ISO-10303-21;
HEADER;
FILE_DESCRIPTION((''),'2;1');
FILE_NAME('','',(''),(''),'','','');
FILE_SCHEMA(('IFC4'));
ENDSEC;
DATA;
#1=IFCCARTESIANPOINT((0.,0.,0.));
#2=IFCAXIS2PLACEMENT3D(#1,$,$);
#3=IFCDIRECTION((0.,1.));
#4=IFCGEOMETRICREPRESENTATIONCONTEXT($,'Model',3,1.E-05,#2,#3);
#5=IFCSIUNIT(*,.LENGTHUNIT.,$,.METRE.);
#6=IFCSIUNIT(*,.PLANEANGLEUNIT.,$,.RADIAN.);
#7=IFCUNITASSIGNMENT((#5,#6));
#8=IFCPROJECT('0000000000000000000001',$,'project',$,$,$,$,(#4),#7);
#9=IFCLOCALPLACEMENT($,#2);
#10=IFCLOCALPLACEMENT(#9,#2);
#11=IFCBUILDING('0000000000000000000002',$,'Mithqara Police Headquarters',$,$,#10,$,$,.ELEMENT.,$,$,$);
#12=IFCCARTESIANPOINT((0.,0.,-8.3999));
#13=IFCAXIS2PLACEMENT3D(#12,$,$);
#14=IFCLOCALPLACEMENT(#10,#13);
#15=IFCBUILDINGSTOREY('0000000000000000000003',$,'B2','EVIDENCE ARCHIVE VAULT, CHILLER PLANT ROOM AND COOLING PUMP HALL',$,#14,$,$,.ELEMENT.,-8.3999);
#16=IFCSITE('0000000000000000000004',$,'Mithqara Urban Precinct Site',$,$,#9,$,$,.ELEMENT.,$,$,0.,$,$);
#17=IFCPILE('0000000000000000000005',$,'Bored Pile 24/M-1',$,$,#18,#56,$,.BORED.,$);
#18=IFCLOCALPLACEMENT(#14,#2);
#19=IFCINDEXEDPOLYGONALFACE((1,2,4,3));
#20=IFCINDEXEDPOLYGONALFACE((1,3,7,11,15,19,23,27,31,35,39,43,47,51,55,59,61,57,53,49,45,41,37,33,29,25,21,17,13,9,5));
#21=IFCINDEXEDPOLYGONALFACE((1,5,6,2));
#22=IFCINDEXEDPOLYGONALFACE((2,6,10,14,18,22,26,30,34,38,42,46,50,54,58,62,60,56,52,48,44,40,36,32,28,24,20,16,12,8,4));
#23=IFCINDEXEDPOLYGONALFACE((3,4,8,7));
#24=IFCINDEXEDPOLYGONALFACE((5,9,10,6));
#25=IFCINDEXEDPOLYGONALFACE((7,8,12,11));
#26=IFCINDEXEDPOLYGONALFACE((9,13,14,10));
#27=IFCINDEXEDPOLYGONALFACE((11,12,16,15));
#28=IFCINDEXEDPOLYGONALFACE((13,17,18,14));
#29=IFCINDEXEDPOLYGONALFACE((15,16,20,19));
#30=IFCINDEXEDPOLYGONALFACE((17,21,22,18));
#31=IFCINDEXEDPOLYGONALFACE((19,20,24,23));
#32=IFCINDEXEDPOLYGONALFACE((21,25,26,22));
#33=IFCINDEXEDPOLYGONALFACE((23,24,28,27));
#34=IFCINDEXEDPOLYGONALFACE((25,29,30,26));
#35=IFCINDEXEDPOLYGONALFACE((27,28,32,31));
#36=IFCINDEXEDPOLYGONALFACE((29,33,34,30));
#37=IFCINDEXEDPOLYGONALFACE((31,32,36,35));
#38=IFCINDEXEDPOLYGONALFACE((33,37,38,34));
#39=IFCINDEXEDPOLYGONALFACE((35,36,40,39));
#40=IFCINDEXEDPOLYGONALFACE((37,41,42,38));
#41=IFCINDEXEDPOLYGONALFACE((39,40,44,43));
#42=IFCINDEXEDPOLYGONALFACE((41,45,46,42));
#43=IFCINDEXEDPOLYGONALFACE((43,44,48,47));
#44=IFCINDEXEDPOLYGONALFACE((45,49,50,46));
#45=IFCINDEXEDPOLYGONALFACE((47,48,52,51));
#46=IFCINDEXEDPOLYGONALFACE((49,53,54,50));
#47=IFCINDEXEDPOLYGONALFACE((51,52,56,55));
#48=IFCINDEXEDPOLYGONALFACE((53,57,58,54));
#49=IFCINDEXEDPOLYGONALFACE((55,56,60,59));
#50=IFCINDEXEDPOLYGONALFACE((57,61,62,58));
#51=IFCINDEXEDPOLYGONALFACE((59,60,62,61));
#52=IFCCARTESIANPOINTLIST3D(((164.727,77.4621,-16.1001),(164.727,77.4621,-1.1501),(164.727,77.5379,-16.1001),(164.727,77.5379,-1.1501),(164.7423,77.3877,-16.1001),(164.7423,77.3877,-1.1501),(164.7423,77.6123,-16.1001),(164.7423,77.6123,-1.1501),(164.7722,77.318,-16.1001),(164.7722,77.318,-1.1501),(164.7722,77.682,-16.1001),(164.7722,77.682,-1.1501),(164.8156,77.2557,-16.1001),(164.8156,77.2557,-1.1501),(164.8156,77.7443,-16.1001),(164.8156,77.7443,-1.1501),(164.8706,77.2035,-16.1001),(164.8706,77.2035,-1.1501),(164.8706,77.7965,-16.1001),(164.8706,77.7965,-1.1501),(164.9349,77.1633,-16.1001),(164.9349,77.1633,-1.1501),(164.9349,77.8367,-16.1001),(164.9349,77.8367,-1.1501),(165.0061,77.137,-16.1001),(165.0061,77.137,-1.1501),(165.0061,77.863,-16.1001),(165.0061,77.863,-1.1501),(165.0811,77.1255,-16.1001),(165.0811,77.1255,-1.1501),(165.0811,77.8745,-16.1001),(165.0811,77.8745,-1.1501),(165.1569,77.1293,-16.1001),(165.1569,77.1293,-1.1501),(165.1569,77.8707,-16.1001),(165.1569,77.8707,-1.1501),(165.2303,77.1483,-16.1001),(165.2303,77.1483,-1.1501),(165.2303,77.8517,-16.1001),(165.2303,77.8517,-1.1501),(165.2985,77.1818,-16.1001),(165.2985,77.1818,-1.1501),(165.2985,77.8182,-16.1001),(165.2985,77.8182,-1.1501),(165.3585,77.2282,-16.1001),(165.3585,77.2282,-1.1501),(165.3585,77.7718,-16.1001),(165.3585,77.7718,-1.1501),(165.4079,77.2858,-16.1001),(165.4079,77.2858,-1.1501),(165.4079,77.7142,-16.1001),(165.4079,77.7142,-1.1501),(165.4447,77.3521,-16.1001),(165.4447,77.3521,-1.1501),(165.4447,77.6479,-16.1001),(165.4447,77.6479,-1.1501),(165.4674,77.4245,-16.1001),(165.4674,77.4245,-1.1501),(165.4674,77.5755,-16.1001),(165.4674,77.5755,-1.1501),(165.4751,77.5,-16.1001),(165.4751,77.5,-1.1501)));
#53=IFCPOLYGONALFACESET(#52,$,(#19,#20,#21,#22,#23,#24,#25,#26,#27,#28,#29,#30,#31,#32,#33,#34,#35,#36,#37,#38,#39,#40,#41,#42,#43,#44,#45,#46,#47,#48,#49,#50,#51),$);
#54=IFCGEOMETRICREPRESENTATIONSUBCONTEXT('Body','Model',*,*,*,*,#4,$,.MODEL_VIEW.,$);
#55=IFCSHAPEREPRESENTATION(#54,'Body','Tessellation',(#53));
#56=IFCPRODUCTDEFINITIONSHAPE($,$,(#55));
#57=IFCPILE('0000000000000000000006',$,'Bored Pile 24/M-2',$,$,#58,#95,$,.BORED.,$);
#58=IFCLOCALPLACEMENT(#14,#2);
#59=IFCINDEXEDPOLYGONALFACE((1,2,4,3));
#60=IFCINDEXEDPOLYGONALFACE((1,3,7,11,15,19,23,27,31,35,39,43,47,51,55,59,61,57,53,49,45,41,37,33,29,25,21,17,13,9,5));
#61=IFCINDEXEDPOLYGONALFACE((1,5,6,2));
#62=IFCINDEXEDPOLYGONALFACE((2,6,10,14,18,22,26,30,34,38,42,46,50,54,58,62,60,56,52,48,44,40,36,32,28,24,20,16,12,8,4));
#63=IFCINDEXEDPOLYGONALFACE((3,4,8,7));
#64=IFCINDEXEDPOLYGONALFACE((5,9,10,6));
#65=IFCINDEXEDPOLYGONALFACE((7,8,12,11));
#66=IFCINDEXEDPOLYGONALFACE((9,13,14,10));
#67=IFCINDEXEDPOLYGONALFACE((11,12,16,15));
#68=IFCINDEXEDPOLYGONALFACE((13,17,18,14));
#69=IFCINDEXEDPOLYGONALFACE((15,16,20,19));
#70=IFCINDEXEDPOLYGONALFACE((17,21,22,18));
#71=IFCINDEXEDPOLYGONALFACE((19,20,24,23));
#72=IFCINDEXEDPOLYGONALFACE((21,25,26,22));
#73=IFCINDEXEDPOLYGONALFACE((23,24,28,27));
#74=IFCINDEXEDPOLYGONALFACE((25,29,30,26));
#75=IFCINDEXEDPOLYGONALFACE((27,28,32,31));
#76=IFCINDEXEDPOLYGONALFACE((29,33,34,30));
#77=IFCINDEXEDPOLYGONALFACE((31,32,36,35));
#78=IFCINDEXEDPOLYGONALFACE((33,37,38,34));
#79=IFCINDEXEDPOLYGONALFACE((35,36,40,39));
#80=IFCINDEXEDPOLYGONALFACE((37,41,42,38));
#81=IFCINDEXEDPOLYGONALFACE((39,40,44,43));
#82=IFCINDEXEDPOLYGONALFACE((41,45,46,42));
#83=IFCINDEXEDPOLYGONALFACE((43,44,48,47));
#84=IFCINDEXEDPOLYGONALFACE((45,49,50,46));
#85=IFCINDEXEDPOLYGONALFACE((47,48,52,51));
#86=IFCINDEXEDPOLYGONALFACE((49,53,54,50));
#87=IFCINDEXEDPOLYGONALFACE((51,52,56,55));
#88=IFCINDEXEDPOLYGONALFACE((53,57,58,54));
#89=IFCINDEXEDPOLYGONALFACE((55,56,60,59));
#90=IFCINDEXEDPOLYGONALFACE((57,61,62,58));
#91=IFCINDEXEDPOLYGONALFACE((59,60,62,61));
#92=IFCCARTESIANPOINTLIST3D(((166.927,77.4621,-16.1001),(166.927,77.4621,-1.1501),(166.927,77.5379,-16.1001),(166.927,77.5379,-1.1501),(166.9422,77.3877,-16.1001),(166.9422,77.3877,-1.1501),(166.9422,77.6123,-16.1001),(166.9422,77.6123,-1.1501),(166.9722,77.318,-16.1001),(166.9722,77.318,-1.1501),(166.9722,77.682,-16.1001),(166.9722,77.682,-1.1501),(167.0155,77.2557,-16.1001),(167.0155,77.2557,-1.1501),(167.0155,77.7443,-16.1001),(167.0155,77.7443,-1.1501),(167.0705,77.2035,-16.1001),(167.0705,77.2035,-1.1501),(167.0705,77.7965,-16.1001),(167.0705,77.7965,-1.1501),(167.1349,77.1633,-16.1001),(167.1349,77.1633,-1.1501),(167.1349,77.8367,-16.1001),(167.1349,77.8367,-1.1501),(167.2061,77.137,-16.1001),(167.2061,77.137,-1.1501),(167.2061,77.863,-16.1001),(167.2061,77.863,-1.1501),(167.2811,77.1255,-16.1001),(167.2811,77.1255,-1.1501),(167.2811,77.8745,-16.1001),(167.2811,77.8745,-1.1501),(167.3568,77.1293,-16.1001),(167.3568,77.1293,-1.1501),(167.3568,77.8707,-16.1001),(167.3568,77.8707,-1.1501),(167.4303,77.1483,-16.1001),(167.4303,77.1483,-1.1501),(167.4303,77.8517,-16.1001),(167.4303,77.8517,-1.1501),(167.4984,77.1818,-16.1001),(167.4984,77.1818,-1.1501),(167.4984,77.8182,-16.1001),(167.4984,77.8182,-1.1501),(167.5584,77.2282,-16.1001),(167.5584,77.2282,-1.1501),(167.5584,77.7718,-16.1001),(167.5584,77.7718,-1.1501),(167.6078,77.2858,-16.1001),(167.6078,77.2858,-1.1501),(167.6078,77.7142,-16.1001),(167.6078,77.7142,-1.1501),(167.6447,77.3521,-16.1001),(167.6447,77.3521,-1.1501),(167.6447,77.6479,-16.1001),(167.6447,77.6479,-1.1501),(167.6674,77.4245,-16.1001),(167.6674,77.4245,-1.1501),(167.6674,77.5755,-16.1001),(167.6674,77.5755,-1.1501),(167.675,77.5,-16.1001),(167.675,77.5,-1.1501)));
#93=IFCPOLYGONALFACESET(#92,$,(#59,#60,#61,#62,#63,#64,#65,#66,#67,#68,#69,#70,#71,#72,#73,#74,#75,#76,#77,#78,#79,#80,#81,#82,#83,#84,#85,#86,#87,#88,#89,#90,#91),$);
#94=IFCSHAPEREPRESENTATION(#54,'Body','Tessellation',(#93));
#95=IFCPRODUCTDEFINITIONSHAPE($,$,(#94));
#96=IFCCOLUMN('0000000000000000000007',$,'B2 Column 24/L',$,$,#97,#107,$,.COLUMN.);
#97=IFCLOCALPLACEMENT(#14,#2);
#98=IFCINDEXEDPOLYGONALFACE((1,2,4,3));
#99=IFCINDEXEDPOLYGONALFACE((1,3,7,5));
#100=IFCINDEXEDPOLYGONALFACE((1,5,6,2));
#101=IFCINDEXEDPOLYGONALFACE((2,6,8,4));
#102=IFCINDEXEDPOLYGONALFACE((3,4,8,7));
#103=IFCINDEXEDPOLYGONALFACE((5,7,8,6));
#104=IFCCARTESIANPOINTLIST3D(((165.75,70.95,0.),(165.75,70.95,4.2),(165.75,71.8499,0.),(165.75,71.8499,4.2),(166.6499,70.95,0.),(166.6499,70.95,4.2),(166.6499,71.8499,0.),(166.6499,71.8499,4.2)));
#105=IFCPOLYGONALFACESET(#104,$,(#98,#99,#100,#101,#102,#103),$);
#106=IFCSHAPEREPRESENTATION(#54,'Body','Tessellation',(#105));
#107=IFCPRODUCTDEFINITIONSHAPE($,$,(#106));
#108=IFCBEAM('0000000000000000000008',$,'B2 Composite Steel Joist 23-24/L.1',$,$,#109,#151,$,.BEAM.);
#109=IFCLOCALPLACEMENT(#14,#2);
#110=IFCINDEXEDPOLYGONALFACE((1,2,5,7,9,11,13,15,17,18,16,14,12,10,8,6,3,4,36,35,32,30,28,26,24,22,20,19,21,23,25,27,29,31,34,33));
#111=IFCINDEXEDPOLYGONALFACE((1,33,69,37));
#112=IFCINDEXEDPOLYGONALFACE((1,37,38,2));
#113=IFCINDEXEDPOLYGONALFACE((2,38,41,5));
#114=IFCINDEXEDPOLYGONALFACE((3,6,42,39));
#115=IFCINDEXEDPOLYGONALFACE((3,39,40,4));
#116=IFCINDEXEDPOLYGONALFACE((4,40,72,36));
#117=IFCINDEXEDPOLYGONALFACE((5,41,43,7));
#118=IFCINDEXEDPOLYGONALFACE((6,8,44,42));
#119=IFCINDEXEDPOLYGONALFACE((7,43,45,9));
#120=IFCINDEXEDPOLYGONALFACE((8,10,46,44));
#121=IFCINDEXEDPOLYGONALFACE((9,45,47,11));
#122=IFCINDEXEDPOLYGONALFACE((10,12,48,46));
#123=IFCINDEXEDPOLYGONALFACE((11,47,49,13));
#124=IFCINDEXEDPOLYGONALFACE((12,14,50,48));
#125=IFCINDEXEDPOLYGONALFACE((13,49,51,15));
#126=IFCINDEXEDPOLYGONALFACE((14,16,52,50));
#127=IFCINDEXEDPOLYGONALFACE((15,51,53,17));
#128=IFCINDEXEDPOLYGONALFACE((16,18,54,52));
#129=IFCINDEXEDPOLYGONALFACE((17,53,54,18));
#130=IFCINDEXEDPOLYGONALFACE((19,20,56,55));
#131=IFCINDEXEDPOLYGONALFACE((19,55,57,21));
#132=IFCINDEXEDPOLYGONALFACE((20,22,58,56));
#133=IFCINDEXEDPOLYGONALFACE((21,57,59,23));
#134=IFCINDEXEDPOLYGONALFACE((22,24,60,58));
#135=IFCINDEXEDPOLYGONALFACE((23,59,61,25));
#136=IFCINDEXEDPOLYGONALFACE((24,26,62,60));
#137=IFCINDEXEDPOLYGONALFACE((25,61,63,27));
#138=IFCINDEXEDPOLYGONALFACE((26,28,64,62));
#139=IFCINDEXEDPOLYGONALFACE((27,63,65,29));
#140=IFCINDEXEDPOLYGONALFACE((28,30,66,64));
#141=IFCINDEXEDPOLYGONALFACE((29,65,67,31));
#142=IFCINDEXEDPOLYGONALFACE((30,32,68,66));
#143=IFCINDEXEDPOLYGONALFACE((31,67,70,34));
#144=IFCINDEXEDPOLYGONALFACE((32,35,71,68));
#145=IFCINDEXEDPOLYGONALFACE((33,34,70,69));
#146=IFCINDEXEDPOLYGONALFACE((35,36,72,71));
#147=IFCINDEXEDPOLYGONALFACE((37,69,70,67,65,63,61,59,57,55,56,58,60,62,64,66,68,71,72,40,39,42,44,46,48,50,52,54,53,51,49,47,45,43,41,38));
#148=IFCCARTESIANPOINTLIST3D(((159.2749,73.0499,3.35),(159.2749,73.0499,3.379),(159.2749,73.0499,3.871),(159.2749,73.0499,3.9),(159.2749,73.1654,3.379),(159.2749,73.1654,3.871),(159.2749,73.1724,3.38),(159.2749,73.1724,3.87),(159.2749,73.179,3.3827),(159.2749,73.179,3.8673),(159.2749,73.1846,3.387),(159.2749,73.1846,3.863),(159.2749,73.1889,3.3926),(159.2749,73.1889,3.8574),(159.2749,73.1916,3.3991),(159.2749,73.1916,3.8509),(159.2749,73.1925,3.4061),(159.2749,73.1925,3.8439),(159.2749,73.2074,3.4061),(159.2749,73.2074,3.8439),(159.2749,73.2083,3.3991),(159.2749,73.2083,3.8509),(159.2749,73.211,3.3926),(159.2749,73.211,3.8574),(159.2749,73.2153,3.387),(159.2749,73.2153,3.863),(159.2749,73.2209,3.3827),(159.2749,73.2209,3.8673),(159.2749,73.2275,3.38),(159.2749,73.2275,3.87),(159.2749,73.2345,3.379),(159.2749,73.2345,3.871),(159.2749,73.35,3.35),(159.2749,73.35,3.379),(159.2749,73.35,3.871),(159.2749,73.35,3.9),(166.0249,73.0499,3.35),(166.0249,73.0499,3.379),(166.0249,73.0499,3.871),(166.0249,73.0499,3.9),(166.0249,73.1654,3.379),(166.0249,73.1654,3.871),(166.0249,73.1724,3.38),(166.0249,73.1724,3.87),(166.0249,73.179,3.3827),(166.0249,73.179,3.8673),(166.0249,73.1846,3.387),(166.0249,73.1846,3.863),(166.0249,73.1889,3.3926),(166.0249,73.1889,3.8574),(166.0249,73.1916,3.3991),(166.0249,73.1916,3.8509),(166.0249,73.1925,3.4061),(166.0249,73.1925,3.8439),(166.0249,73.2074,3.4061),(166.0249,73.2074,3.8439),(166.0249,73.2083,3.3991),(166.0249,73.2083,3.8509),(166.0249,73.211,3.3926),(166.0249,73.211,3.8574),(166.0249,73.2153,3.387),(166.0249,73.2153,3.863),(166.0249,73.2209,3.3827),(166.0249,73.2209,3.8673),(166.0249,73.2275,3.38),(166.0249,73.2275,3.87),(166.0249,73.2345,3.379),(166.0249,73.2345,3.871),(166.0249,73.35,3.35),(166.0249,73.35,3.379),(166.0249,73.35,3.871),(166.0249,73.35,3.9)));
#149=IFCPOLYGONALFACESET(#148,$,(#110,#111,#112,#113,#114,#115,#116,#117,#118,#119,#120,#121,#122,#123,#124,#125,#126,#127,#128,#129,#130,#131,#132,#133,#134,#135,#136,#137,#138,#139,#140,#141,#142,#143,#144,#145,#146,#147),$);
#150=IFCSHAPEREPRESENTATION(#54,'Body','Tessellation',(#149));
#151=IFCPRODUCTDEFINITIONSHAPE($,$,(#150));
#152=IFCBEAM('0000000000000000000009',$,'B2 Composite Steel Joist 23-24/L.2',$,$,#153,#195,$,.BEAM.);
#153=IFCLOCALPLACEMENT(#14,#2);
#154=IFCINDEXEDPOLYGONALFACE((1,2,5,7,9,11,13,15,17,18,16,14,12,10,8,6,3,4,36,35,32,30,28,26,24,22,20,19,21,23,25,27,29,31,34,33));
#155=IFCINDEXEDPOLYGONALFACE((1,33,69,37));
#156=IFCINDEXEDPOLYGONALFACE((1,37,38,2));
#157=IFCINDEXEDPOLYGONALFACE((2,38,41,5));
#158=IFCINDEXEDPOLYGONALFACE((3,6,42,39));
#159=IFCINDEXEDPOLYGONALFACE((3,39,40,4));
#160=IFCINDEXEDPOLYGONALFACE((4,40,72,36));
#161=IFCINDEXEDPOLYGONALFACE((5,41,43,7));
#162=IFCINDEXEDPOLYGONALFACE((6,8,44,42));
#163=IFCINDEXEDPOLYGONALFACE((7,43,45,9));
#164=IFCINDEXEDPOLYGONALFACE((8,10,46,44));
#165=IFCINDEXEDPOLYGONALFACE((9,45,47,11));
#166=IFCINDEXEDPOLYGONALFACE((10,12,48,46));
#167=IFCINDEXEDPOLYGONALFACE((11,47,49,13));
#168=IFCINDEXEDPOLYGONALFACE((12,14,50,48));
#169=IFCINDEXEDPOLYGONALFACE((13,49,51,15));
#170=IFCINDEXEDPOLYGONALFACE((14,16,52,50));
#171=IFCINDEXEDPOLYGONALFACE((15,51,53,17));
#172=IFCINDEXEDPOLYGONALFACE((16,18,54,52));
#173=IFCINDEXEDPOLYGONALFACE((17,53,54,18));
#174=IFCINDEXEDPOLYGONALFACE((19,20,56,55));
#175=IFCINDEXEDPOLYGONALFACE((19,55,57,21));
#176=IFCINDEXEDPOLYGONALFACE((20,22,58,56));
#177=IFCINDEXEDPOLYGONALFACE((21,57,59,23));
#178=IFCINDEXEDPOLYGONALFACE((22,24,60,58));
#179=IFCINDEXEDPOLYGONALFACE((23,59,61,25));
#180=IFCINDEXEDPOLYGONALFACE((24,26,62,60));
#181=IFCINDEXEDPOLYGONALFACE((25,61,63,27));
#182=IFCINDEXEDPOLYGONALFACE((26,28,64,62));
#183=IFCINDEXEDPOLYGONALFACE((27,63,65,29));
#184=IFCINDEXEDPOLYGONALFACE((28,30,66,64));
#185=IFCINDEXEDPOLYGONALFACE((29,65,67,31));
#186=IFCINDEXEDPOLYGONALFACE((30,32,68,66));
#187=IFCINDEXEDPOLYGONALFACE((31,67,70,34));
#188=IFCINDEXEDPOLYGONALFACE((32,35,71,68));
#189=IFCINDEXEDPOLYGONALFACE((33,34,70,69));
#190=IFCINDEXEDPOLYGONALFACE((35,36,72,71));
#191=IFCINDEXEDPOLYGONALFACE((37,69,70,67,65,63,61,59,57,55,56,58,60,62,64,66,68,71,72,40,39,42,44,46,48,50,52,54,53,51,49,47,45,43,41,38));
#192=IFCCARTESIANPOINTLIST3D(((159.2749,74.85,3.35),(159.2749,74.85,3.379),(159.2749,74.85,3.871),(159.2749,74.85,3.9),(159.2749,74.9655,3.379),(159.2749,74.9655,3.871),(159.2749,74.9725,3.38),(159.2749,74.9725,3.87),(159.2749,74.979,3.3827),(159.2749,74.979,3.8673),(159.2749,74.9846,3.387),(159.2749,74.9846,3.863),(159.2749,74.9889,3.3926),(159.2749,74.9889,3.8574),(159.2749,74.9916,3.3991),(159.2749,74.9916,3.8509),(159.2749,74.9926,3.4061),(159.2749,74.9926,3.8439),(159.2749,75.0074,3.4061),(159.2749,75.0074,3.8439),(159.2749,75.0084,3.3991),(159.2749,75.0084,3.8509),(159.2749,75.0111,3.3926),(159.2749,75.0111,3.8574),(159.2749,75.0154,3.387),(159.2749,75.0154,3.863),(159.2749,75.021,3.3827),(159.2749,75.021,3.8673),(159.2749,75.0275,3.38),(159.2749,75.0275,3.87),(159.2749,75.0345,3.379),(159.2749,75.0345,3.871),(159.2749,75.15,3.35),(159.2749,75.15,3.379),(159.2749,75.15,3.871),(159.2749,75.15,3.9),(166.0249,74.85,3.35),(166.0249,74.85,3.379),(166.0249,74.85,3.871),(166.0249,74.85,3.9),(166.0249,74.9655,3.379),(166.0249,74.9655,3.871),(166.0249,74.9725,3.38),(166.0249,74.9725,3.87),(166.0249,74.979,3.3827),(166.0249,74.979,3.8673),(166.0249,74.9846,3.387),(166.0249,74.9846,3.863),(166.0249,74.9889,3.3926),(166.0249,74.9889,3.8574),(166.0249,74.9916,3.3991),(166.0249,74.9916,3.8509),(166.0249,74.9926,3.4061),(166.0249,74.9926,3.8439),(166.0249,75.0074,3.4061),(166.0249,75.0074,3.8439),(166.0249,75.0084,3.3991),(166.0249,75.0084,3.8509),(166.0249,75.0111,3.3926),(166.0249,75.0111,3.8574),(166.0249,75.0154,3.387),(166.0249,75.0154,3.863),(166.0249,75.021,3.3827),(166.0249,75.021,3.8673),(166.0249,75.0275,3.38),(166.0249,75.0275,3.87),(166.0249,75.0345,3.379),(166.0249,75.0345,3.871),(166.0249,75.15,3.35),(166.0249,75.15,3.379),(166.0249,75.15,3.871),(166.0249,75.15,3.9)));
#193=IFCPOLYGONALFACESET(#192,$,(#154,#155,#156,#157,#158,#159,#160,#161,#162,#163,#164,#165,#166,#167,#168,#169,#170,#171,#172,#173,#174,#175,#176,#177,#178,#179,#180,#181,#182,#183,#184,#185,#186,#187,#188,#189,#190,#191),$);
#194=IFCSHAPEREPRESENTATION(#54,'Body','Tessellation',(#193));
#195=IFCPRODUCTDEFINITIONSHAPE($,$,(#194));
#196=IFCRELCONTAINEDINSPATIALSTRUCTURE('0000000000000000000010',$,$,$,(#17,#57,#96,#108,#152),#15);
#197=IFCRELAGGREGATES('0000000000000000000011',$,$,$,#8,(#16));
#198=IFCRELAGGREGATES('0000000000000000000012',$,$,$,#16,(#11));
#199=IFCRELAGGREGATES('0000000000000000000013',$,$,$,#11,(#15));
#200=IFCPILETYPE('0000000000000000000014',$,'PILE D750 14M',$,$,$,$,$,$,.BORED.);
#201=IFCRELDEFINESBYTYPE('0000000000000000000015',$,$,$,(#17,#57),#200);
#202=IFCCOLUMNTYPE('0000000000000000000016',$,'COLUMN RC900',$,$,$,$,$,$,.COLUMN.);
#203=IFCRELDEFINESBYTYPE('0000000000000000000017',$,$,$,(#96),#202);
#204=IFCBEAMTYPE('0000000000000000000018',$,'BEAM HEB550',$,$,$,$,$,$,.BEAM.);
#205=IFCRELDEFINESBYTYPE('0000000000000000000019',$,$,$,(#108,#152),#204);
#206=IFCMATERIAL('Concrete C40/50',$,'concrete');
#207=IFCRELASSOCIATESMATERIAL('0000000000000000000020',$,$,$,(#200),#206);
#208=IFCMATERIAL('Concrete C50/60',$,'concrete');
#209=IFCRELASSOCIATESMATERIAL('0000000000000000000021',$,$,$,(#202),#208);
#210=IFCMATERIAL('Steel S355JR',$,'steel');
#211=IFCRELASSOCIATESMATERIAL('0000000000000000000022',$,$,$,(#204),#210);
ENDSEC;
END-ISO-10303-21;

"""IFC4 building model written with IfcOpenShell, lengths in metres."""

from ifc_helpers import new_model, si_unit, direction, frame, origin, origin_2d, place, context, subcontext, project, spatial, rectangle, circle, i_section, extrude, material, material_profile, profile_set, type_object, element, save


model = new_model("IFC4")

# Units and contexts
model_context = context("Model", 3, precision=1e-05, world=origin(), true_north=direction((0.0, 1.0)))
body_context = subcontext(model_context, "Body", "Model", "MODEL_VIEW")
ifc_project = project(units=[si_unit("LENGTHUNIT", "METRE"), si_unit("PLANEANGLEUNIT", "RADIAN")], contexts=[model_context])

# Site, building, storey
site_placement = place(None, origin())
site = spatial("IfcSite", under=ifc_project, at=site_placement, Name="Mithqara Urban Precinct Site", CompositionType="ELEMENT", RefElevation=0.0)
building_placement = place(site_placement, origin())
building = spatial("IfcBuilding", under=site, at=building_placement, Name="Mithqara Police Headquarters", CompositionType="ELEMENT")
storey_placement = place(building_placement, frame((0.0, 0.0, -8.3999)))
storey = spatial("IfcBuildingStorey", under=building, at=storey_placement, Name="B2", Description="EVIDENCE ARCHIVE VAULT, CHILLER PLANT ROOM AND COOLING PUMP HALL", CompositionType="ELEMENT", Elevation=-8.3999)

# Shared definitions
ifc_material_1 = material(Name="Concrete C40/50", Category="concrete")

# Piles
ifc_material_profile_1 = material_profile(ifc_material_1, circle(Radius=0.375, at=origin_2d()), Name="PILE D750")
ifc_profile_set_1 = profile_set([ifc_material_profile_1], Name="Concrete C40/50")
pile_type_1 = type_object("IfcPileType", Name="PILE D750 14M", PredefinedType="BORED", material=ifc_profile_set_1)
for number, where, z_axis, x_axis, name in (
    (1, (165.1001, 77.5, -1.1501), (0.0, 0.0, -1.0), (1.0, 0.0, 0.0), "Bored Pile 24/M-1"),
    (2, (167.3, 77.5, -1.1501), (0.0, 0.0, -1.0), (1.0, 0.0, 0.0), "Bored Pile 24/M-2"),
):
    element("IfcPile", number, at=place(storey_placement, frame(where, z_axis=z_axis, x_axis=x_axis)), inside=storey, type_object=pile_type_1, Name=name, PredefinedType="BORED", context=body_context, shape_type="SweptSolid", body=[
        extrude(circle(Radius=0.375, at=origin_2d()), origin(), (0.0, 0.0, 1.0), 14.95),
    ])

# Column
ifc_material_2 = material(Name="Concrete C50/60", Category="concrete")
ifc_material_profile_2 = material_profile(ifc_material_2, rectangle(XDim=0.8999, YDim=0.8999, at=origin_2d()), Name="RC 900x900")
ifc_profile_set_2 = profile_set([ifc_material_profile_2], Name="Concrete C50/60")
column_type = type_object("IfcColumnType", Name="COLUMN RC900", PredefinedType="COLUMN", material=ifc_profile_set_2)
column_placement = place(storey_placement, frame((166.2, 71.3999, 0.0), z_axis=(0.0, 0.0, 1.0), x_axis=(1.0, 0.0, 0.0)))
element("IfcColumn", 3, at=column_placement, inside=storey, type_object=column_type, Name="B2 Column 24/L", PredefinedType="COLUMN", context=body_context, shape_type="SweptSolid", body=[
    extrude(rectangle(XDim=0.8999, YDim=0.8999, at=origin_2d()), origin(), (0.0, 0.0, 1.0), 4.2),
])

# Beams
ifc_material_3 = material(Name="Steel S355JR", Category="steel")
ifc_material_profile_3 = material_profile(ifc_material_3, i_section(OverallWidth=0.3, OverallDepth=0.55, WebThickness=0.0149, FlangeThickness=0.0291, FilletRadius=0.0271, at=origin_2d()), Name="HEB 550")
ifc_profile_set_3 = profile_set([ifc_material_profile_3], Name="Steel S355JR")
beam_type_1 = type_object("IfcBeamType", Name="BEAM HEB550", PredefinedType="BEAM", material=ifc_profile_set_3)
for number, where, z_axis, x_axis, name in (
    (4, (159.2749, 73.2, 3.625), (1.0, 0.0, 0.0), (0.0, 1.0, 0.0), "B2 Composite Steel Joist 23-24/L.1"),
    (5, (159.2749, 75.0, 3.625), (1.0, 0.0, 0.0), (0.0, 1.0, 0.0), "B2 Composite Steel Joist 23-24/L.2"),
):
    element("IfcBeam", number, at=place(storey_placement, frame(where, z_axis=z_axis, x_axis=x_axis)), inside=storey, type_object=beam_type_1, Name=name, PredefinedType="BEAM", context=body_context, shape_type="SweptSolid", body=[
        extrude(i_section(OverallWidth=0.3, OverallDepth=0.55, WebThickness=0.0149, FlangeThickness=0.0291, FilletRadius=0.0271, at=origin_2d()), origin(), (0.0, 0.0, 1.0), 6.75),
    ])

save(model, "model.ifc")
